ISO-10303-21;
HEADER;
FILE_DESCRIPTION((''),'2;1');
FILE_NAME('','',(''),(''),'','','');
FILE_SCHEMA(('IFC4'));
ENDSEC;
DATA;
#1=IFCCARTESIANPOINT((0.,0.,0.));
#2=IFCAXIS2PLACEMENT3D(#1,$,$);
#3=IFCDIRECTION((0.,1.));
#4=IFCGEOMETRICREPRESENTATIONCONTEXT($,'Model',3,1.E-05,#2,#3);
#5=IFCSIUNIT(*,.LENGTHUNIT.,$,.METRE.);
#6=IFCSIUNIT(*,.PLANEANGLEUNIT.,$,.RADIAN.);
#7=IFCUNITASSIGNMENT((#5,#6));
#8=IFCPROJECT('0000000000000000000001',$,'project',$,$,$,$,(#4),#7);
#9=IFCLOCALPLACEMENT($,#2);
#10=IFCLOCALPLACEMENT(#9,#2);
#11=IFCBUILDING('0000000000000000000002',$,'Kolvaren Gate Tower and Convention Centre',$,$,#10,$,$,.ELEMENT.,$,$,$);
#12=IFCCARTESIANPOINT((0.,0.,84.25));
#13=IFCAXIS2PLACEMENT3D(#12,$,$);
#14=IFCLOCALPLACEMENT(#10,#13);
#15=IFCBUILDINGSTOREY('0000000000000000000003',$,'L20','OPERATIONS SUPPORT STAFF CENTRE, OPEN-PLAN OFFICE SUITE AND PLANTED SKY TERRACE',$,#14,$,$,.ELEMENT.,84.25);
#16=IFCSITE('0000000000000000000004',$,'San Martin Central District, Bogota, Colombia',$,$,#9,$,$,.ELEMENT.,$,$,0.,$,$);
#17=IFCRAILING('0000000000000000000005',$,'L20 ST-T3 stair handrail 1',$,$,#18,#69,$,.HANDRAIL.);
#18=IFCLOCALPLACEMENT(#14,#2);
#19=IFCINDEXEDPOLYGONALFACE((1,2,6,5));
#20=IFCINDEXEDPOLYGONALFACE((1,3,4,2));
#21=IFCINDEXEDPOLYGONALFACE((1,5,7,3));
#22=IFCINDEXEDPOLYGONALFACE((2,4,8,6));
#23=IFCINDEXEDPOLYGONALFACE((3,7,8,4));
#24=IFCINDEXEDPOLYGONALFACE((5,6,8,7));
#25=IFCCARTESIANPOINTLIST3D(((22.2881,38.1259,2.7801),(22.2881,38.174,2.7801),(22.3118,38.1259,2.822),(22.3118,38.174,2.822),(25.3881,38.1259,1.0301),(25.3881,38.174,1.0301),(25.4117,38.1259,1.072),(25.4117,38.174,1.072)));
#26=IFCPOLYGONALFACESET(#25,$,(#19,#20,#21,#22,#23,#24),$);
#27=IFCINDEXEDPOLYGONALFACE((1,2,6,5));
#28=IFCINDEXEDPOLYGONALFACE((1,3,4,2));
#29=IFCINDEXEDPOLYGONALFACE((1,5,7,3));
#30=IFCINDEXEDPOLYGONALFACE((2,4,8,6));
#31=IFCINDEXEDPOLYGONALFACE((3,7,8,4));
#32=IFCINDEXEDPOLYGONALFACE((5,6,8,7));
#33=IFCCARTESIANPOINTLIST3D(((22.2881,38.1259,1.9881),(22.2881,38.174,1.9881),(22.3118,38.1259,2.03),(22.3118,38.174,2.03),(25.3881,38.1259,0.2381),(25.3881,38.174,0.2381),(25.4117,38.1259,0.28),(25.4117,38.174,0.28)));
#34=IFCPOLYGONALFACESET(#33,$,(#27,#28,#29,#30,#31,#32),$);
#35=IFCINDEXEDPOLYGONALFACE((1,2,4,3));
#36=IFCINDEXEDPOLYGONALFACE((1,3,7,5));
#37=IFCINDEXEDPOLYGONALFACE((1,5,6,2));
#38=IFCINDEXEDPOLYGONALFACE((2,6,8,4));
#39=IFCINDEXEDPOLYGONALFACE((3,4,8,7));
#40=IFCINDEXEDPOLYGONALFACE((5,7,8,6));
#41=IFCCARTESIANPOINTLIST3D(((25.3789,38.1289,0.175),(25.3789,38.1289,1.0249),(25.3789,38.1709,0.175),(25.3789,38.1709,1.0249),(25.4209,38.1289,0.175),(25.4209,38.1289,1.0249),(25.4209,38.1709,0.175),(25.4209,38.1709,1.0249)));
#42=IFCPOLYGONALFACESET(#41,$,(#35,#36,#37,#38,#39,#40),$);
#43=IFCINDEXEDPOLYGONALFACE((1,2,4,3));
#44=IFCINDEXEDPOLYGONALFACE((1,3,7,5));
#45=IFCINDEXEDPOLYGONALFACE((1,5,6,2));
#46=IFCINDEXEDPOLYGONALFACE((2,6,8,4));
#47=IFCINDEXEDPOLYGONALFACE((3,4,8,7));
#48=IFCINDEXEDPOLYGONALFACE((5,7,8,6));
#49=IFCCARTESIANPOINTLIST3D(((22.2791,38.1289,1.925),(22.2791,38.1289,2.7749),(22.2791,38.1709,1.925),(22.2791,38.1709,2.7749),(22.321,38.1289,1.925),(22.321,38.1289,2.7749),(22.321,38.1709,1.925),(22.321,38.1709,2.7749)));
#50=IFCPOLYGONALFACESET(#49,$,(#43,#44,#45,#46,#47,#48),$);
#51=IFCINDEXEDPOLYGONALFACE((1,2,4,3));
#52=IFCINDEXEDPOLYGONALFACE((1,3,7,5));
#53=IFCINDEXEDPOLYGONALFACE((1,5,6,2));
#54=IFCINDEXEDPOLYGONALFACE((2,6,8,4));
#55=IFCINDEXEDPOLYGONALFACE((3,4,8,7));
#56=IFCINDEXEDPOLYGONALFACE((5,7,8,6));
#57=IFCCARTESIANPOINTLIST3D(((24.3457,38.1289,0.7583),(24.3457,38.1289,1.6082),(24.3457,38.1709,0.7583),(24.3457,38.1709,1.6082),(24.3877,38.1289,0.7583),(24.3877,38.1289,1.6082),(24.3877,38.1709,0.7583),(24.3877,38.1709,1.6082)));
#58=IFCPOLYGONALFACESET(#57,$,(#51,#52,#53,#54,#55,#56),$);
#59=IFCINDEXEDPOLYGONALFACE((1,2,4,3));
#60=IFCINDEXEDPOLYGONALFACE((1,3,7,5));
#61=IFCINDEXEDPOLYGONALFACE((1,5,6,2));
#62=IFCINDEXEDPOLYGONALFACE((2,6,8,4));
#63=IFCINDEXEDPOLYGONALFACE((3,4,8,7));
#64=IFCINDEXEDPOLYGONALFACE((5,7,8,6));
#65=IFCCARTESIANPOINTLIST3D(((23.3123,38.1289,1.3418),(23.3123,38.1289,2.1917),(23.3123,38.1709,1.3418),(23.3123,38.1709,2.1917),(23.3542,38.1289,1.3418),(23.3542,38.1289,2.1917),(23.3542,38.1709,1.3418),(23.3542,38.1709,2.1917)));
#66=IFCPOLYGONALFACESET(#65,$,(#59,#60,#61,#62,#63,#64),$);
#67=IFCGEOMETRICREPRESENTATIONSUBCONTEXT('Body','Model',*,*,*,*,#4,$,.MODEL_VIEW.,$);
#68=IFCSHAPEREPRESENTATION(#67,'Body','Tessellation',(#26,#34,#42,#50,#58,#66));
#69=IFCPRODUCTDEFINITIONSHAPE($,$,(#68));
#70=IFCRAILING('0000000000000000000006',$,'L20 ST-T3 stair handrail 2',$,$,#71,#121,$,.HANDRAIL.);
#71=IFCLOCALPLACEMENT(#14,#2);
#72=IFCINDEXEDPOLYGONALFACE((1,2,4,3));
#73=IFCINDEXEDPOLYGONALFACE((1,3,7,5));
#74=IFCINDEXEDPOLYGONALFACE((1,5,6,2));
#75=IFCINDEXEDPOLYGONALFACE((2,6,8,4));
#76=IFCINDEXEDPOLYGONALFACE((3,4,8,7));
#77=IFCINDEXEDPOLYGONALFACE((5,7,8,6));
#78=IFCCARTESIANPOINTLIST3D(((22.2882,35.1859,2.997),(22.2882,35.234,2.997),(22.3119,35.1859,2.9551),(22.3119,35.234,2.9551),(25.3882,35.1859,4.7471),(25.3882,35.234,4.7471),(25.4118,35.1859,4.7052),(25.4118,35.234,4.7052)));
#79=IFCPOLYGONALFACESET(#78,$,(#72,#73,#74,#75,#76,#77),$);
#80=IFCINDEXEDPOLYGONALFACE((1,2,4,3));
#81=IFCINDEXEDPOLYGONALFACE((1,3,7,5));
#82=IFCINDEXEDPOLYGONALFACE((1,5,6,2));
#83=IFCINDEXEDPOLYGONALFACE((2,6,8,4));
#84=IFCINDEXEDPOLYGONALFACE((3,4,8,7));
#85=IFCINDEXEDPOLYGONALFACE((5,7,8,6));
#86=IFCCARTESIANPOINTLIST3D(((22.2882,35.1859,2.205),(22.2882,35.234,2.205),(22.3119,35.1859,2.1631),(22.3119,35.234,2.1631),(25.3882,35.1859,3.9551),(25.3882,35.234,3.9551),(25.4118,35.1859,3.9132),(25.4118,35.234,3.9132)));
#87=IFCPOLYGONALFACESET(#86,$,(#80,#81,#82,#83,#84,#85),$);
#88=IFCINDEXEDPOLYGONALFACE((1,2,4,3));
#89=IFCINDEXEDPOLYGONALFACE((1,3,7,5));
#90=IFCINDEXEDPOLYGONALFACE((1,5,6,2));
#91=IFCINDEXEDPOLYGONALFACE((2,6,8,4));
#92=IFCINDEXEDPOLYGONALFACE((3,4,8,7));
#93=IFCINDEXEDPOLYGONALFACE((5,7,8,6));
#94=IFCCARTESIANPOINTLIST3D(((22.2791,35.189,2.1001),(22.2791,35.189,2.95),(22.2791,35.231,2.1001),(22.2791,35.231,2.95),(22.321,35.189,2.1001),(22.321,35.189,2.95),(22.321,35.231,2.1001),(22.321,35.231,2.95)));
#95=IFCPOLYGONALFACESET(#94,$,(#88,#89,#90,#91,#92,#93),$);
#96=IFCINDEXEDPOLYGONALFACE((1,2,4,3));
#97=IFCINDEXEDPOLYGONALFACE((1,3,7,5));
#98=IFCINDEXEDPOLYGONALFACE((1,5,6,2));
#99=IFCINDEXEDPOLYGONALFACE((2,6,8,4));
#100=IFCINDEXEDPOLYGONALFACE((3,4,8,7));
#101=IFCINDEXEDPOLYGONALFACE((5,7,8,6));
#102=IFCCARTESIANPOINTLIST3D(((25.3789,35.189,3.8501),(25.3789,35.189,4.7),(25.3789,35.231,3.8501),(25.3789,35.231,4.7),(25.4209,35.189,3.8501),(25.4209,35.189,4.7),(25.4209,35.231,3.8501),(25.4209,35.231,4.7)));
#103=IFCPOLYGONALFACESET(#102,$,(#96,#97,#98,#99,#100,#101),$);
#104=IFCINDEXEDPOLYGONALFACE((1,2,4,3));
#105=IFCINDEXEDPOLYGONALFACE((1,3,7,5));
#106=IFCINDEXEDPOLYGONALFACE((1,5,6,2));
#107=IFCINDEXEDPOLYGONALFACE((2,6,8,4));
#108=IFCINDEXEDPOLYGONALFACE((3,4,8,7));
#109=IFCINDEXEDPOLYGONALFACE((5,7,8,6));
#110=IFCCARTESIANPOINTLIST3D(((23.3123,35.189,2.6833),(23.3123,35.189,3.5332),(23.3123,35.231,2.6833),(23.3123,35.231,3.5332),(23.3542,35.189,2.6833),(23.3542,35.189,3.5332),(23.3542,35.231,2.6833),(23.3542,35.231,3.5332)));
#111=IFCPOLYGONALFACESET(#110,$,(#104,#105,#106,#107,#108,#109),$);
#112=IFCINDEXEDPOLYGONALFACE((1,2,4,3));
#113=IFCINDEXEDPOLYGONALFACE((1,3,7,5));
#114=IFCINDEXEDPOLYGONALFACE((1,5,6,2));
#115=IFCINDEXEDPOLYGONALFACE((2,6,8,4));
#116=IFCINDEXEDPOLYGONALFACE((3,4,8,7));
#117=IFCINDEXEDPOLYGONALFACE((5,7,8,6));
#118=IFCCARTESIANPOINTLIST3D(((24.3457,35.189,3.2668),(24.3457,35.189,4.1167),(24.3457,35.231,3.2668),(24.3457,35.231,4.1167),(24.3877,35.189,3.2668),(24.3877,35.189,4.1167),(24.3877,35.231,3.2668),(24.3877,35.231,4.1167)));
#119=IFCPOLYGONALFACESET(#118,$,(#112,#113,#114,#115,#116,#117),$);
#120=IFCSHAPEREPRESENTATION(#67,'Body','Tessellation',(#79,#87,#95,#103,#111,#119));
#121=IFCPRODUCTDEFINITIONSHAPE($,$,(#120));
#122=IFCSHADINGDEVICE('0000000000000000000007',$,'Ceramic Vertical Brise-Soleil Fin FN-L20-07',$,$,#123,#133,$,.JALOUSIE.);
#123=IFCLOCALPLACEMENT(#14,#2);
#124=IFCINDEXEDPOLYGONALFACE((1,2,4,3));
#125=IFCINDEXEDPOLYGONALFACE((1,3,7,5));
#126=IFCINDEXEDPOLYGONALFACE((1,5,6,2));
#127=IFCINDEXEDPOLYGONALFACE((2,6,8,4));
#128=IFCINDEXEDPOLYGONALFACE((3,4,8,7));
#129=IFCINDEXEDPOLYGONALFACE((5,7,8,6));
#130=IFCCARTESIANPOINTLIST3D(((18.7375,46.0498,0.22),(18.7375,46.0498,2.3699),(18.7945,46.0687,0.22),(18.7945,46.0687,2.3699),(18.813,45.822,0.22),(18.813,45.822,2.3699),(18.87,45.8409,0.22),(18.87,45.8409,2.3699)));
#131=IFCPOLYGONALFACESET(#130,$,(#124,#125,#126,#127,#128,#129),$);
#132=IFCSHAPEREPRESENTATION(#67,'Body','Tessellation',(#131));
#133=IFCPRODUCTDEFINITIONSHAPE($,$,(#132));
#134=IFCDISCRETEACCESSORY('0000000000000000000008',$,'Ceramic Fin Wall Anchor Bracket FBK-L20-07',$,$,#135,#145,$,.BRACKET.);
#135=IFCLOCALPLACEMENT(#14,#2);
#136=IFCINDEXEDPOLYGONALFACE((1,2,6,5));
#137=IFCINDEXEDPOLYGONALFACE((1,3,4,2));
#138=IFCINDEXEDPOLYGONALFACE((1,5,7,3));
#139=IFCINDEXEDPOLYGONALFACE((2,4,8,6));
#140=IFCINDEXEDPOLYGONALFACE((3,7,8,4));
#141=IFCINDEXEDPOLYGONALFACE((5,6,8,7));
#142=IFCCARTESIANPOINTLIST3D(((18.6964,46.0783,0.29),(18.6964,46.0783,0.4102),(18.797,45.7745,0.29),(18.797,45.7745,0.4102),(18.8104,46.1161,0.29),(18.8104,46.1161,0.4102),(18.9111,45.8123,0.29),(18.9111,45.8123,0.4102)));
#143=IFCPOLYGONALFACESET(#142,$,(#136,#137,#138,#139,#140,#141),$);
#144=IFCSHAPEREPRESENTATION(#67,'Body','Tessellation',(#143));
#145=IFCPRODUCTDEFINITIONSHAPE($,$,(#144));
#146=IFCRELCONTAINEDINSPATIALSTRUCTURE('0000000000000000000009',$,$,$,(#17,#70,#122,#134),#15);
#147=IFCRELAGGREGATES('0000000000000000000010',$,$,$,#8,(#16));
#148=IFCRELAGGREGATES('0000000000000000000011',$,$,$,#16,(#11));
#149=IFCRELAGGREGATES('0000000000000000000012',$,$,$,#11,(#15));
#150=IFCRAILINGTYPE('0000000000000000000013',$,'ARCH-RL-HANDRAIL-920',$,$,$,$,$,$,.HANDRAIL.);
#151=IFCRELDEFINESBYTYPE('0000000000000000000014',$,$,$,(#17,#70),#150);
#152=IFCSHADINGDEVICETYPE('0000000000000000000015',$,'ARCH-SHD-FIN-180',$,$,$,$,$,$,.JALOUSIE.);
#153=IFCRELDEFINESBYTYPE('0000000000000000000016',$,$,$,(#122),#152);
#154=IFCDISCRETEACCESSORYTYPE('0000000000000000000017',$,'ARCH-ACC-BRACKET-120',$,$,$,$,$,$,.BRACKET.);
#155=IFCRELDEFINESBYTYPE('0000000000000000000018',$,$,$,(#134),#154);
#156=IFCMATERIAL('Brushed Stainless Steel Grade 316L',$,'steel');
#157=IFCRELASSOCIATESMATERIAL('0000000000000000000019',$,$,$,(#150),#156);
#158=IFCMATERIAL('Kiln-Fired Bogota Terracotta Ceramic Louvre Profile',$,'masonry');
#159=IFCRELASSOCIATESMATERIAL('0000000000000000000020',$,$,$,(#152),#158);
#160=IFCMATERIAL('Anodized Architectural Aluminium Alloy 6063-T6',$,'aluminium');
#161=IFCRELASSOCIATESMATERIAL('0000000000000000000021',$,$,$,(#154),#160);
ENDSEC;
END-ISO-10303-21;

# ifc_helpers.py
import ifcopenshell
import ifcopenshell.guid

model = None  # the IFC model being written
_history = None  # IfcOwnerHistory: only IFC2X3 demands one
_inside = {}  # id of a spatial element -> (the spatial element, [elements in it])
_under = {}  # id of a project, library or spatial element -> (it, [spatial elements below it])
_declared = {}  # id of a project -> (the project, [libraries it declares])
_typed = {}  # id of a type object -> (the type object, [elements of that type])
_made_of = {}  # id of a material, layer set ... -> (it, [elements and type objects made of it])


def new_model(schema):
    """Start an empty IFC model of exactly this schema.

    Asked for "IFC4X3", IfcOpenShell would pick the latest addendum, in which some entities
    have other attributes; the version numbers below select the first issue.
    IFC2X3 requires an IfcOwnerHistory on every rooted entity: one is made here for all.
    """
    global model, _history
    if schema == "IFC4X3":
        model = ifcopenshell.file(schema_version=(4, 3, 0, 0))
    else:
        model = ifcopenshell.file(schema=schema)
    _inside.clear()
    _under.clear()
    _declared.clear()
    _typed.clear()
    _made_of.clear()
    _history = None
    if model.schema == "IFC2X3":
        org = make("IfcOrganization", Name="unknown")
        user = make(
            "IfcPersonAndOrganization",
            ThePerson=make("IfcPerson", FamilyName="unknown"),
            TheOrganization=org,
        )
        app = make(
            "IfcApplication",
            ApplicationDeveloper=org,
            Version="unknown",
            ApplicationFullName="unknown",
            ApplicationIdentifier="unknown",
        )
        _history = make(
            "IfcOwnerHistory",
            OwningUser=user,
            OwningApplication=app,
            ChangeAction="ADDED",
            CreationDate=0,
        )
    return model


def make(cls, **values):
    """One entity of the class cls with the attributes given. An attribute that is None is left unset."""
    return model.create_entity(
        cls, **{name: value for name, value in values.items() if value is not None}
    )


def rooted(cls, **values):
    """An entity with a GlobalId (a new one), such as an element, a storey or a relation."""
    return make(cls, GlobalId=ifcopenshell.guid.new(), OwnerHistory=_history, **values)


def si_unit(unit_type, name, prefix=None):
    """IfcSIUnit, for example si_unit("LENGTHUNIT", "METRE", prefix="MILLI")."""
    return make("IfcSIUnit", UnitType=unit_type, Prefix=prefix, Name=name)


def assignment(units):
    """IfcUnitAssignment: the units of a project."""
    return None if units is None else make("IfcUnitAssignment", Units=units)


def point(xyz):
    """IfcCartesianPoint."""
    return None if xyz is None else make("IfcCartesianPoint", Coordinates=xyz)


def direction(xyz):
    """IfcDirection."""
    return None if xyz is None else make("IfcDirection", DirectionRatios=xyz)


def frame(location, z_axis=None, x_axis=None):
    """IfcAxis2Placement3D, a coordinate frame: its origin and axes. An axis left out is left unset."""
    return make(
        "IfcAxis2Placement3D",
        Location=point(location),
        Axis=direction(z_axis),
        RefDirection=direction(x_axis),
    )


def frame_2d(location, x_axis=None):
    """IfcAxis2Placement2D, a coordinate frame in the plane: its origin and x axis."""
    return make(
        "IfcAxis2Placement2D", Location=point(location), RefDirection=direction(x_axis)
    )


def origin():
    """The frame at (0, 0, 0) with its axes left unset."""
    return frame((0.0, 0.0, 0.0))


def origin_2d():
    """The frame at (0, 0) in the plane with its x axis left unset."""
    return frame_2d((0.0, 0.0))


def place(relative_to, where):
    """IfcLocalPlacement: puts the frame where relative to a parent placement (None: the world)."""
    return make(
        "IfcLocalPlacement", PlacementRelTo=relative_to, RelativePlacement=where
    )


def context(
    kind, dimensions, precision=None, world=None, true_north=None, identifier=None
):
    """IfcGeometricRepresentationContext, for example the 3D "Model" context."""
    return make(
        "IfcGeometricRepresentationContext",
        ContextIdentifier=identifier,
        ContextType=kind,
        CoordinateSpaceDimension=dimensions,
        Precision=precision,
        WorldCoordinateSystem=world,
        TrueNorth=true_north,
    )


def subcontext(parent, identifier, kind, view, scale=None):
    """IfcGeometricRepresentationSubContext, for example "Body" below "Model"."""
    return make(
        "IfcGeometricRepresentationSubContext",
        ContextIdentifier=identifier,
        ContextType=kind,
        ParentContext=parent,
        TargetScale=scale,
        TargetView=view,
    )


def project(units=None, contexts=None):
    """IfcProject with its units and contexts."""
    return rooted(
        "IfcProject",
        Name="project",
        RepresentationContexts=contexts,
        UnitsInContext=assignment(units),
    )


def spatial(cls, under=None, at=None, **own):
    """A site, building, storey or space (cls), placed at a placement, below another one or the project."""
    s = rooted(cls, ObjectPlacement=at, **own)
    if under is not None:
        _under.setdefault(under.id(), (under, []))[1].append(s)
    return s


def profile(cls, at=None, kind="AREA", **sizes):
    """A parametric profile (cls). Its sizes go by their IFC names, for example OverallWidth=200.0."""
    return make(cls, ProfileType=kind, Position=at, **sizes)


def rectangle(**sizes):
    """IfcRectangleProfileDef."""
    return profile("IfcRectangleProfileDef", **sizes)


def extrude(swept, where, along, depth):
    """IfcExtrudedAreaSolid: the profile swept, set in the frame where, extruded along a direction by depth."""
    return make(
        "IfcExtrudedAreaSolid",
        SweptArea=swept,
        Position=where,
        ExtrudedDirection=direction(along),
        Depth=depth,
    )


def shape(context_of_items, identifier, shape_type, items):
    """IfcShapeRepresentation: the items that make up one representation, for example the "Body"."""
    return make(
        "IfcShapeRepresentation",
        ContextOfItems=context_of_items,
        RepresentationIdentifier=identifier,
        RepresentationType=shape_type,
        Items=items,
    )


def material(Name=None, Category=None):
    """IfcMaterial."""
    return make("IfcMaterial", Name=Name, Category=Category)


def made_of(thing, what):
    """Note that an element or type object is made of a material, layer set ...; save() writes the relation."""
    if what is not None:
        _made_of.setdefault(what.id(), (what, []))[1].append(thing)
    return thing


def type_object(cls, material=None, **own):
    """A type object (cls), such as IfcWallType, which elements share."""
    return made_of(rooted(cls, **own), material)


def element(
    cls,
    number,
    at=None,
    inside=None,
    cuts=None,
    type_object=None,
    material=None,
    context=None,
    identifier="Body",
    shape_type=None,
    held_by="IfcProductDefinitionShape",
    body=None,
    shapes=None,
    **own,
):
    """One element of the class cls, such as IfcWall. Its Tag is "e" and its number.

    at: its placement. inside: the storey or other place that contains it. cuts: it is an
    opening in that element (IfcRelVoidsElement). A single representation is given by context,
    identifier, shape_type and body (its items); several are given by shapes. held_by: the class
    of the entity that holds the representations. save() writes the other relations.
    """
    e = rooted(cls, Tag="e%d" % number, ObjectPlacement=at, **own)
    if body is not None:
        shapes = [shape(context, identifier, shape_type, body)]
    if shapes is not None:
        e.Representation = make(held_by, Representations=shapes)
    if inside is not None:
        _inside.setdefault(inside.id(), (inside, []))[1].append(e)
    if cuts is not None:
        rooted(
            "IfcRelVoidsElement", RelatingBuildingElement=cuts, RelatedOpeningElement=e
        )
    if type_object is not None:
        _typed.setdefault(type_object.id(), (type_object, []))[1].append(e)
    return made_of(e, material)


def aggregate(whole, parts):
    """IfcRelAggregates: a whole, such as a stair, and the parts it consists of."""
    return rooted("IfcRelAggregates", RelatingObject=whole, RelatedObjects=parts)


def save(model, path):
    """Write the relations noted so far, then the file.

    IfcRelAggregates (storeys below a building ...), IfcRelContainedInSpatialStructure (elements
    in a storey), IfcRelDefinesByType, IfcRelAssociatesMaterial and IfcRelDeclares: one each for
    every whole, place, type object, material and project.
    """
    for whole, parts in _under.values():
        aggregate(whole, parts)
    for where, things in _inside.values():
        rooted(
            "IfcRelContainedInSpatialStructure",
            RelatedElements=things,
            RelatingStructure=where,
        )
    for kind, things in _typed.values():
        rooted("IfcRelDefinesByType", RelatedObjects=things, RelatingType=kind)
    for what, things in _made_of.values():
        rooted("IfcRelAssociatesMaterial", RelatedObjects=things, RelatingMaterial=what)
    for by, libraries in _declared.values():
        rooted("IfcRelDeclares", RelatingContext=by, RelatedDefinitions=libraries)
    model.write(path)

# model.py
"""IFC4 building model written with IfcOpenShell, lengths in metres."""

from ifc_helpers import new_model, si_unit, direction, frame, origin, origin_2d, place, context, subcontext, project, spatial, rectangle, extrude, material, type_object, element, save


model = new_model("IFC4")

# Units and contexts
model_context = context("Model", 3, precision=1e-05, world=origin(), true_north=direction((0.0, 1.0)))
body_context = subcontext(model_context, "Body", "Model", "MODEL_VIEW")
ifc_project = project(units=[si_unit("LENGTHUNIT", "METRE"), si_unit("PLANEANGLEUNIT", "RADIAN")], contexts=[model_context])

# Site, building, storey
site_placement = place(None, origin())
site = spatial("IfcSite", under=ifc_project, at=site_placement, Name="San Martin Central District, Bogota, Colombia", CompositionType="ELEMENT", RefElevation=0.0)
building_placement = place(site_placement, origin())
building = spatial("IfcBuilding", under=site, at=building_placement, Name="Kolvaren Gate Tower and Convention Centre", CompositionType="ELEMENT")
storey_placement = place(building_placement, frame((0.0, 0.0, 84.25)))
storey = spatial("IfcBuildingStorey", under=building, at=storey_placement, Name="L20", Description="OPERATIONS SUPPORT STAFF CENTRE, OPEN-PLAN OFFICE SUITE AND PLANTED SKY TERRACE", CompositionType="ELEMENT", Elevation=84.25)

# Railings
ifc_material_1 = material(Name="Brushed Stainless Steel Grade 316L", Category="steel")
railing_type_1 = type_object("IfcRailingType", Name="ARCH-RL-HANDRAIL-920", PredefinedType="HANDRAIL", material=ifc_material_1)
railing_1_placement = place(storey_placement, frame((25.3999, 38.1499, 0.175)))
element("IfcRailing", 1, at=railing_1_placement, inside=storey, type_object=railing_type_1, Name="L20 ST-T3 stair handrail 1", PredefinedType="HANDRAIL", context=body_context, shape_type="SweptSolid", body=[
    extrude(rectangle(XDim=0.0481, YDim=0.0481, at=origin_2d()), frame((0.0, 0.0, 0.876), z_axis=(-0.870814, 0.0, 0.491612), x_axis=(0.0, -1.0, 0.0)), (0.0, 0.0, 1.0), 3.5598),
    extrude(rectangle(XDim=0.0481, YDim=0.0481, at=origin_2d()), frame((0.0, 0.0, 0.084), z_axis=(-0.870814, 0.0, 0.491612), x_axis=(0.0, -1.0, 0.0)), (0.0, 0.0, 1.0), 3.5598),
    extrude(rectangle(XDim=0.042, YDim=0.042, at=origin_2d()), origin(), (0.0, 0.0, 1.0), 0.8499),
    extrude(rectangle(XDim=0.042, YDim=0.042, at=origin_2d()), frame((-3.0999, 0.0, 1.75)), (0.0, 0.0, 1.0), 0.8499),
    extrude(rectangle(XDim=0.042, YDim=0.042, at=origin_2d()), frame((-1.0332, 0.0, 0.5833)), (0.0, 0.0, 1.0), 0.8499),
    extrude(rectangle(XDim=0.042, YDim=0.042, at=origin_2d()), frame((-2.0667, 0.0, 1.1667)), (0.0, 0.0, 1.0), 0.8499),
])
railing_2_placement = place(storey_placement, frame((22.3, 35.21, 2.1001)))
element("IfcRailing", 2, at=railing_2_placement, inside=storey, type_object=railing_type_1, Name="L20 ST-T3 stair handrail 2", PredefinedType="HANDRAIL", context=body_context, shape_type="SweptSolid", body=[
    extrude(rectangle(XDim=0.0481, YDim=0.0481, at=origin_2d()), frame((0.0, 0.0, 0.876), z_axis=(0.870814, 0.0, 0.491612), x_axis=(0.0, 1.0, 0.0)), (0.0, 0.0, 1.0), 3.5598),
    extrude(rectangle(XDim=0.0481, YDim=0.0481, at=origin_2d()), frame((0.0, 0.0, 0.084), z_axis=(0.870814, 0.0, 0.491612), x_axis=(0.0, 1.0, 0.0)), (0.0, 0.0, 1.0), 3.5598),
    extrude(rectangle(XDim=0.042, YDim=0.042, at=origin_2d()), origin(), (0.0, 0.0, 1.0), 0.8499),
    extrude(rectangle(XDim=0.042, YDim=0.042, at=origin_2d()), frame((3.0999, 0.0, 1.75)), (0.0, 0.0, 1.0), 0.8499),
    extrude(rectangle(XDim=0.042, YDim=0.042, at=origin_2d()), frame((1.0332, 0.0, 0.5833)), (0.0, 0.0, 1.0), 0.8499),
    extrude(rectangle(XDim=0.042, YDim=0.042, at=origin_2d()), frame((2.0667, 0.0, 1.1667)), (0.0, 0.0, 1.0), 0.8499),
])

# Shading device
ifc_material_2 = material(Name="Kiln-Fired Bogota Terracotta Ceramic Louvre Profile", Category="masonry")
shading_device_type = type_object("IfcShadingDeviceType", Name="ARCH-SHD-FIN-180", PredefinedType="JALOUSIE", material=ifc_material_2)
shading_device_placement = place(storey_placement, frame((18.8037, 45.9453, 0.22), z_axis=(0.0, 0.0, 1.0), x_axis=(0.94924, 0.314552, 0.0)))
element("IfcShadingDevice", 3, at=shading_device_placement, inside=storey, type_object=shading_device_type, Name="Ceramic Vertical Brise-Soleil Fin FN-L20-07", PredefinedType="JALOUSIE", context=body_context, shape_type="SweptSolid", body=[
    extrude(rectangle(XDim=0.0601, YDim=0.24, at=origin_2d()), origin(), (0.0, 0.0, 1.0), 2.1499),
])

# Discrete accessory
ifc_material_3 = material(Name="Anodized Architectural Aluminium Alloy 6063-T6", Category="aluminium")
discrete_accessory_type = type_object("IfcDiscreteAccessoryType", Name="ARCH-ACC-BRACKET-120", PredefinedType="BRACKET", material=ifc_material_3)
discrete_accessory_placement = place(storey_placement, frame((18.8037, 45.9453, 0.29), z_axis=(0.0, 0.0, 1.0), x_axis=(0.94924, 0.314552, 0.0)))
element("IfcDiscreteAccessory", 4, at=discrete_accessory_placement, inside=storey, type_object=discrete_accessory_type, Name="Ceramic Fin Wall Anchor Bracket FBK-L20-07", PredefinedType="BRACKET", context=body_context, shape_type="SweptSolid", body=[
    extrude(rectangle(XDim=0.1201, YDim=0.3201, at=origin_2d()), origin(), (0.0, 0.0, 1.0), 0.1201),
])

save(model, "model.ifc")
